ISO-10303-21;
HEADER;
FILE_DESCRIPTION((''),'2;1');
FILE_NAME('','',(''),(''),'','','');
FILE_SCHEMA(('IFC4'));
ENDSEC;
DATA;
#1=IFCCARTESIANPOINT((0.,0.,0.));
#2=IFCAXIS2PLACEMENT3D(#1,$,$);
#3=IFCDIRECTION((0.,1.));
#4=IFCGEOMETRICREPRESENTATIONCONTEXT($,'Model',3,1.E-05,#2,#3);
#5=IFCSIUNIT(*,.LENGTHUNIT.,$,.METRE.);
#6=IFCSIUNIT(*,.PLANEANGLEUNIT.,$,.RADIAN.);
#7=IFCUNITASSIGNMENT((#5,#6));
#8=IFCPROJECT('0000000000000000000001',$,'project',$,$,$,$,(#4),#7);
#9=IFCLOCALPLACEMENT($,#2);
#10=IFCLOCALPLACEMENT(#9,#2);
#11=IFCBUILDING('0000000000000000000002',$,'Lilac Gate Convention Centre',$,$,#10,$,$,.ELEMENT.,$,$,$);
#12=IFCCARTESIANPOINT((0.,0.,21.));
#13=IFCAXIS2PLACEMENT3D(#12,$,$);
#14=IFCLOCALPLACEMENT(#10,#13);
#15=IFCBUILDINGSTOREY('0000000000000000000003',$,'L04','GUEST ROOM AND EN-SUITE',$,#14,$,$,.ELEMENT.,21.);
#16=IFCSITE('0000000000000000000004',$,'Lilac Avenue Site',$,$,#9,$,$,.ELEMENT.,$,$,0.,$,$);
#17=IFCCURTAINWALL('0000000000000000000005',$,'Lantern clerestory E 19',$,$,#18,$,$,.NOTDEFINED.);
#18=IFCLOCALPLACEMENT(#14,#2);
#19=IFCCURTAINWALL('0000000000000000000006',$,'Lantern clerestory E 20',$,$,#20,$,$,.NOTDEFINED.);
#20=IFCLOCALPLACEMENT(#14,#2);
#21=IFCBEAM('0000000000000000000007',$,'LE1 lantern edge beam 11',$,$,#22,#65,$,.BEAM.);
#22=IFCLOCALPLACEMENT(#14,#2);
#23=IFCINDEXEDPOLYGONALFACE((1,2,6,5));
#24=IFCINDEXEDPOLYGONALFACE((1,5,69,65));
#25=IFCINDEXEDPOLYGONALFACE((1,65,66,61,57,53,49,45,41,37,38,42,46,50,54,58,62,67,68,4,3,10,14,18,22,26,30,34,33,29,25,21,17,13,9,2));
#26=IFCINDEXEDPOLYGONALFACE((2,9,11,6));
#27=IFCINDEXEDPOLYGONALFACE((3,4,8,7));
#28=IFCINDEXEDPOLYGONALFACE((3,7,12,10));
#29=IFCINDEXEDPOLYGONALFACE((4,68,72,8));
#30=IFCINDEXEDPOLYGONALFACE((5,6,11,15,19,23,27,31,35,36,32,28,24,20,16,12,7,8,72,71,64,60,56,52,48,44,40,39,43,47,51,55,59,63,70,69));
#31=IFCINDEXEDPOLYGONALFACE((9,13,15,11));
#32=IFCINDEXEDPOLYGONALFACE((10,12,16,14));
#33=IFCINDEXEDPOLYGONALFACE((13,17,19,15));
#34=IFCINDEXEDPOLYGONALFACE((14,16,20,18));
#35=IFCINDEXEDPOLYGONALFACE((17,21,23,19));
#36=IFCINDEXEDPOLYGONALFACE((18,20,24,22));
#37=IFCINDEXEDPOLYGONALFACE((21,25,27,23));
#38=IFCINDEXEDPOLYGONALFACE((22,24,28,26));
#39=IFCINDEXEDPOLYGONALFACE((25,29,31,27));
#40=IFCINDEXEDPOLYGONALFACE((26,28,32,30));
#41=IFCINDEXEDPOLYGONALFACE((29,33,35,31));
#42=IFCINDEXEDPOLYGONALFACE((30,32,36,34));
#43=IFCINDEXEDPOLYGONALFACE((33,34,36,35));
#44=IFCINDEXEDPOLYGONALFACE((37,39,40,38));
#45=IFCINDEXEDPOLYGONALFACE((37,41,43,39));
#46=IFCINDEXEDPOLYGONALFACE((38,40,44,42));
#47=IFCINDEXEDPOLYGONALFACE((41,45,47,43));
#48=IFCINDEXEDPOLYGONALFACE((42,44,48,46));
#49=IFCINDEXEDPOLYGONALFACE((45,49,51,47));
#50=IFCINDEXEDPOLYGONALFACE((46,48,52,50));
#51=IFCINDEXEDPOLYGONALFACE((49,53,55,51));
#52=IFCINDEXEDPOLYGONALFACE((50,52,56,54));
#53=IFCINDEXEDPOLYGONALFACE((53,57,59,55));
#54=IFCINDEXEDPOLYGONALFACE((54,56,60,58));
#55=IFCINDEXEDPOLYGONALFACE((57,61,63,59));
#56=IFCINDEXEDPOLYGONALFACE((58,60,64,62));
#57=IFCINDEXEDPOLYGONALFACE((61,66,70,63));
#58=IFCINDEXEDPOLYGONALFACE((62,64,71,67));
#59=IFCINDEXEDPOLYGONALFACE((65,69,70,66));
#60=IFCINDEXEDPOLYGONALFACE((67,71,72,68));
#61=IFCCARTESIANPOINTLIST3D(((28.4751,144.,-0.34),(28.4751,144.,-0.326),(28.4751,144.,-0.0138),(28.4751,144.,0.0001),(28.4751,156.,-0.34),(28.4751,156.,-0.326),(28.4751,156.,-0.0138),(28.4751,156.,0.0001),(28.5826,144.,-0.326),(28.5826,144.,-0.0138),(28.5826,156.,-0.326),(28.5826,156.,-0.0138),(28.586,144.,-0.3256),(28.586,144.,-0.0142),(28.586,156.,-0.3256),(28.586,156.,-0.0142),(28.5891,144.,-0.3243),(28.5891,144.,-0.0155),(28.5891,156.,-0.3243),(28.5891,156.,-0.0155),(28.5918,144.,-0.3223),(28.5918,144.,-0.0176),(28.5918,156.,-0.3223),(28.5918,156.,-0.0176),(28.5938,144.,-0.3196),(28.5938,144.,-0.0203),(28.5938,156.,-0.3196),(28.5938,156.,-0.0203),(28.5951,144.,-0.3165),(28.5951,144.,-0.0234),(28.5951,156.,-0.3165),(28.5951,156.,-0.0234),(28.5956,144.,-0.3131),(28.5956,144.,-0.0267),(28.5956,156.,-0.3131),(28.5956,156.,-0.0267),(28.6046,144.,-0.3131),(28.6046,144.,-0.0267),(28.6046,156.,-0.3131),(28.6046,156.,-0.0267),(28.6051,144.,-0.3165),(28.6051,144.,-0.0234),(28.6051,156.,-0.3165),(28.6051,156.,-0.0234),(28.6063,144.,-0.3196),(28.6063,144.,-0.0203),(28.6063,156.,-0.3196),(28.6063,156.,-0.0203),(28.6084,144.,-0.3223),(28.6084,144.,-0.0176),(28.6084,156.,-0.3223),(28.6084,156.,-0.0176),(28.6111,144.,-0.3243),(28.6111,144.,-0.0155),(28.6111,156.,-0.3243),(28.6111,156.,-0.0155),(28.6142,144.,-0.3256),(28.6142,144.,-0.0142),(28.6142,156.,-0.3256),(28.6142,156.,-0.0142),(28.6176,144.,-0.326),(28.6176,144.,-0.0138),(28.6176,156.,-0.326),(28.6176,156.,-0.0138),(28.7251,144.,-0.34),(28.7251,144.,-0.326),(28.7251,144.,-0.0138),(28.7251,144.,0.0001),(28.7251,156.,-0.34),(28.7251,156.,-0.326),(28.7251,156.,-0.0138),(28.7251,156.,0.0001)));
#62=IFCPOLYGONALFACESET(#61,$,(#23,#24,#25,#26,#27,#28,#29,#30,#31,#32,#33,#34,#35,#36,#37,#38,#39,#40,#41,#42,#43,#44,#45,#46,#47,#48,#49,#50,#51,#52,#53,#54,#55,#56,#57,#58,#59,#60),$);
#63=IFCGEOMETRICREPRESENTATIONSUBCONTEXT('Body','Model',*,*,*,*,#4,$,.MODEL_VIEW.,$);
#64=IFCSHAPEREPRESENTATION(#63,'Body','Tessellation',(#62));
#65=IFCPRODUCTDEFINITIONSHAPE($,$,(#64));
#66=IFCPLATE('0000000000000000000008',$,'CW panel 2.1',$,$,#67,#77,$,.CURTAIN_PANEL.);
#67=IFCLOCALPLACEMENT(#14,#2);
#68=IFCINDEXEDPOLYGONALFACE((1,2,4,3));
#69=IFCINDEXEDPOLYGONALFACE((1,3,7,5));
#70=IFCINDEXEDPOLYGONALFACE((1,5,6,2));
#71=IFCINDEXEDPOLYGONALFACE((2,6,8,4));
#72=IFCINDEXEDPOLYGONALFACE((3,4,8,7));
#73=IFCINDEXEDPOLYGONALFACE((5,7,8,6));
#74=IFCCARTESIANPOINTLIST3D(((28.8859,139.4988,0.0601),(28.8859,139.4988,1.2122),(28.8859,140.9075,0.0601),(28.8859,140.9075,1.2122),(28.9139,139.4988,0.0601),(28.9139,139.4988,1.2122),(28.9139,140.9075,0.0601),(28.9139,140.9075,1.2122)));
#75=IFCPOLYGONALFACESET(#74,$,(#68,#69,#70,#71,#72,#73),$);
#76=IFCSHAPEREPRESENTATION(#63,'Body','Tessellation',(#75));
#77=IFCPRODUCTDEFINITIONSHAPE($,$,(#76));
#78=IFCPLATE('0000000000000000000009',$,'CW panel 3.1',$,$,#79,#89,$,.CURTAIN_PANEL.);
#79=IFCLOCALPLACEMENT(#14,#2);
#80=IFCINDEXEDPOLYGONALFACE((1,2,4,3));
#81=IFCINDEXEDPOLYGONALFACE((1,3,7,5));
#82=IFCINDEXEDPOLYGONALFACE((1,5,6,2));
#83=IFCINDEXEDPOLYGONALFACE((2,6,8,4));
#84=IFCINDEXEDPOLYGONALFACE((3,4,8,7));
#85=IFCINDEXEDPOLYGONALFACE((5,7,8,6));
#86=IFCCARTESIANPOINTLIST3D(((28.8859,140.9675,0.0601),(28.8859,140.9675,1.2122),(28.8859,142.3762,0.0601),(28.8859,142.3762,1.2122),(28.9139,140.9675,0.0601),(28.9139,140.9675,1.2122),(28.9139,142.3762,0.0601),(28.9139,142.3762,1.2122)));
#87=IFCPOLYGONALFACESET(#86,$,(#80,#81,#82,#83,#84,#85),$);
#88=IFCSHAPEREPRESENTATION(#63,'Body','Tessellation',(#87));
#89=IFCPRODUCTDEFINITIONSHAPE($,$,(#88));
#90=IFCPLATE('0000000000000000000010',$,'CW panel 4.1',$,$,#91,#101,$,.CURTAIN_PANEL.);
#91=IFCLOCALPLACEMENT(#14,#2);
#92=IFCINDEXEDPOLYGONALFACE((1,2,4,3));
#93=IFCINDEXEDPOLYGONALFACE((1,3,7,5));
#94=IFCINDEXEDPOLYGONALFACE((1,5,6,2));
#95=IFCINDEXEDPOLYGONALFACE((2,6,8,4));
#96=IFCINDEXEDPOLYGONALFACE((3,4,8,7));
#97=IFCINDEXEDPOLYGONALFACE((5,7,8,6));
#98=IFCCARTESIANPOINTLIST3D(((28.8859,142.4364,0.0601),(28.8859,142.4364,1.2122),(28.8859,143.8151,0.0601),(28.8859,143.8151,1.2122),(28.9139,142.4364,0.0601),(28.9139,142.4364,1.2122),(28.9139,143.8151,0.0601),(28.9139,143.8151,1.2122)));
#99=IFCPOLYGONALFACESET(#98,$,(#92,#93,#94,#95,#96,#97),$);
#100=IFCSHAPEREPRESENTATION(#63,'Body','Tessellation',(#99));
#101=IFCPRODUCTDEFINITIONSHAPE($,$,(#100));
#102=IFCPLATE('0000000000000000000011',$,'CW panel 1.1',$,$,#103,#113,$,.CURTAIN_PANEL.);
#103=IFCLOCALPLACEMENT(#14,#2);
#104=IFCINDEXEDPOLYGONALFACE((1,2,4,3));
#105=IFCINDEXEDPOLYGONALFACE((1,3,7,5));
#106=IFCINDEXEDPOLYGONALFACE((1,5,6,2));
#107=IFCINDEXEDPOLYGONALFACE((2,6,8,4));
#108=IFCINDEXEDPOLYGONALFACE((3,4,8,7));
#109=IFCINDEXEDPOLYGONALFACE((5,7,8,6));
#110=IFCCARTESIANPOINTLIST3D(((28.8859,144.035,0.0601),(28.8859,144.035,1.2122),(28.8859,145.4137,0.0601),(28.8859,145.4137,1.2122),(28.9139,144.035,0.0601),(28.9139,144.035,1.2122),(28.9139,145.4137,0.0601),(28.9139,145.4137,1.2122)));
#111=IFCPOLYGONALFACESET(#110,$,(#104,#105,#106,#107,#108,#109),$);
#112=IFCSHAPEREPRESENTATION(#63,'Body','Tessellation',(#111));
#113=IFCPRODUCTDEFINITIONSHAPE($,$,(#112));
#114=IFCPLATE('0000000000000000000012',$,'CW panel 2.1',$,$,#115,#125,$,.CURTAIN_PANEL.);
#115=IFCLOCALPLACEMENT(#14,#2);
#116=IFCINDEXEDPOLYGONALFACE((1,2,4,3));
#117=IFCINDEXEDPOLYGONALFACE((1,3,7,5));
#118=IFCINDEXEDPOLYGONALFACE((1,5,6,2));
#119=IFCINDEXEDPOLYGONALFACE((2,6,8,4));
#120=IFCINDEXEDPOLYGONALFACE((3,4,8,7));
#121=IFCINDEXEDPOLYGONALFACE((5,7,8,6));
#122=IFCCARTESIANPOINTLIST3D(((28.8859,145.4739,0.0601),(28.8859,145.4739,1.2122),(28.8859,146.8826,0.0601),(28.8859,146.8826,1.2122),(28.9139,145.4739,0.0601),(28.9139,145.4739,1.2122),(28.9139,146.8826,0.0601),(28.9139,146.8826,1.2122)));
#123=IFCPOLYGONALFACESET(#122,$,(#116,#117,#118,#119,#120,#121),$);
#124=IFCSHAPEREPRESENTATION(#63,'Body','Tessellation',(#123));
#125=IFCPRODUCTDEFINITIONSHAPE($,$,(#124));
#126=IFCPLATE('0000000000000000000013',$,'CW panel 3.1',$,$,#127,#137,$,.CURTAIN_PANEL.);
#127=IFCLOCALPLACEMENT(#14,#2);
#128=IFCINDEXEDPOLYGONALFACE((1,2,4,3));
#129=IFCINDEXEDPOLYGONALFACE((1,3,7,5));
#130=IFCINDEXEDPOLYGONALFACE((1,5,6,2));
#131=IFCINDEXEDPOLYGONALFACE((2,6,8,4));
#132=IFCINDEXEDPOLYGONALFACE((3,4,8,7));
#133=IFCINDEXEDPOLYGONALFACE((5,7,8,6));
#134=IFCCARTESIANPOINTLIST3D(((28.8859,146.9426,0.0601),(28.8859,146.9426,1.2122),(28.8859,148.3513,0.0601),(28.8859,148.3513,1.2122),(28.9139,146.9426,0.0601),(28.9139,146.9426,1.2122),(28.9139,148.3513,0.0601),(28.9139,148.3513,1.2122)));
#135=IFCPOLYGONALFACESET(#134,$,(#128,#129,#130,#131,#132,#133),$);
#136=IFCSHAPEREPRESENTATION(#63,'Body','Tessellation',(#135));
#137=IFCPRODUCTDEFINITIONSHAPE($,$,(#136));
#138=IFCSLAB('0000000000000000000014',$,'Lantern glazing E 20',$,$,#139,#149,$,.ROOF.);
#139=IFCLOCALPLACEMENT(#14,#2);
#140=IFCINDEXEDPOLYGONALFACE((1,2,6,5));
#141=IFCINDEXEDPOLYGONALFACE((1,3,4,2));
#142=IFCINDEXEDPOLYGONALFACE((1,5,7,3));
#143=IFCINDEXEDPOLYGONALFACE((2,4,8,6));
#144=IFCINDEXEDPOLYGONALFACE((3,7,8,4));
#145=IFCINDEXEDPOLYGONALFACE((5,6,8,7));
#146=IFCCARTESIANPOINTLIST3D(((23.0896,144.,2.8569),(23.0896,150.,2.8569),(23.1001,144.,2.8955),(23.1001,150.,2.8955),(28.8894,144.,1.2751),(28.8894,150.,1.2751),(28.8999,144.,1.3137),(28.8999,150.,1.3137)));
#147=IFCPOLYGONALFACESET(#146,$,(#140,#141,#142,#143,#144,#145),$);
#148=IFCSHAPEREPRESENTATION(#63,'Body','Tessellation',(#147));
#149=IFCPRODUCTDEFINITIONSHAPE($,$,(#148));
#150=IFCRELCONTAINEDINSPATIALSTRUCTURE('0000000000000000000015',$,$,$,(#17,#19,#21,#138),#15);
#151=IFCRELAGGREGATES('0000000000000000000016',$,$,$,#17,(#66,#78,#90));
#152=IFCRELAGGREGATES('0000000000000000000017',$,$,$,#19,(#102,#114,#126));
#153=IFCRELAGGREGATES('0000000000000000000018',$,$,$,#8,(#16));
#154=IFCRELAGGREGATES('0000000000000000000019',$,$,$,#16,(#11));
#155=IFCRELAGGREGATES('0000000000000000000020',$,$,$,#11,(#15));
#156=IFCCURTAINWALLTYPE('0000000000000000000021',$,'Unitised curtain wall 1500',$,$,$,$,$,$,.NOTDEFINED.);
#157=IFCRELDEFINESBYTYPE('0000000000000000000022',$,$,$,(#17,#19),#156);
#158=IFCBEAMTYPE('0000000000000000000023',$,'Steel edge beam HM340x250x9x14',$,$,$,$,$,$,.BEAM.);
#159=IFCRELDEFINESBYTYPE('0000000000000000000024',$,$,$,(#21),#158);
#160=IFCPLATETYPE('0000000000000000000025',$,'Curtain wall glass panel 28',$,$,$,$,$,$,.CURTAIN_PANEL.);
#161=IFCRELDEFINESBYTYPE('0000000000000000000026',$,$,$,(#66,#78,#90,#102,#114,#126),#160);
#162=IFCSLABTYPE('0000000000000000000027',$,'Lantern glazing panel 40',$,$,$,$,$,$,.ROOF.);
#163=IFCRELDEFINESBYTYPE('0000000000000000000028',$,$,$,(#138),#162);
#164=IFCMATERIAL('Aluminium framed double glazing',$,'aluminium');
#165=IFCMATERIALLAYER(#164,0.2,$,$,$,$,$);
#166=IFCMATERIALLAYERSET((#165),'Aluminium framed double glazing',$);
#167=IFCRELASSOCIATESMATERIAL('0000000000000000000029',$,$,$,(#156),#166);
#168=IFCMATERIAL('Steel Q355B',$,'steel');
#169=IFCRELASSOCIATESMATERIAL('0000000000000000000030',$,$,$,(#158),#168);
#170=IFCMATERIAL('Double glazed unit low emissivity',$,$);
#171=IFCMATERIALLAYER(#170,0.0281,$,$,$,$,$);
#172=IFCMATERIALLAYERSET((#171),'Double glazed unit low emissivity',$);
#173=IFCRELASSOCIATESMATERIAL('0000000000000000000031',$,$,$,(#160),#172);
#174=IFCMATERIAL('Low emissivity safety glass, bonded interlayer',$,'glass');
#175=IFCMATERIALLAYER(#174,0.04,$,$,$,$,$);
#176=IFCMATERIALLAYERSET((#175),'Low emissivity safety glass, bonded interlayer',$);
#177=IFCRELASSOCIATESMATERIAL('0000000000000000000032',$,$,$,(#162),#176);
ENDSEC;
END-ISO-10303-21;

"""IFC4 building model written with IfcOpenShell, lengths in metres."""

from ifc_helpers import new_model, si_unit, direction, frame, origin, origin_2d, place, context, subcontext, project, spatial, polyline, rectangle, i_section, outline, extrude, material, layer, layer_set, material_profile, profile_set, type_object, element, aggregate, save


model = new_model("IFC4")

# Units and contexts
model_context = context("Model", 3, precision=1e-05, world=origin(), true_north=direction((0.0, 1.0)))
body_context = subcontext(model_context, "Body", "Model", "MODEL_VIEW")
ifc_project = project(units=[si_unit("LENGTHUNIT", "METRE"), si_unit("PLANEANGLEUNIT", "RADIAN")], contexts=[model_context])

# Site, building, storey
site_placement = place(None, origin())
site = spatial("IfcSite", under=ifc_project, at=site_placement, Name="Lilac Avenue Site", CompositionType="ELEMENT", RefElevation=0.0)
building_placement = place(site_placement, origin())
building = spatial("IfcBuilding", under=site, at=building_placement, Name="Lilac Gate Convention Centre", CompositionType="ELEMENT")
storey_placement = place(building_placement, frame((0.0, 0.0, 21.0)))
storey = spatial("IfcBuildingStorey", under=building, at=storey_placement, Name="L04", Description="GUEST ROOM AND EN-SUITE", CompositionType="ELEMENT", Elevation=21.0)

# Curtain walls
ifc_material_1 = material(Name="Aluminium framed double glazing", Category="aluminium")
ifc_layer_1 = layer(ifc_material_1, 0.2)
ifc_layer_set_1 = layer_set([ifc_layer_1], Name="Aluminium framed double glazing")
curtain_wall_type = type_object("IfcCurtainWallType", Name="Unitised curtain wall 1500", PredefinedType="NOTDEFINED", material=ifc_layer_set_1)
curtain_wall_1_placement = place(storey_placement, origin())
curtain_wall_1 = element("IfcCurtainWall", 1, at=curtain_wall_1_placement, inside=storey, type_object=curtain_wall_type, Name="Lantern clerestory E 19", PredefinedType="NOTDEFINED")
curtain_wall_2_placement = place(storey_placement, origin())
curtain_wall_2 = element("IfcCurtainWall", 2, at=curtain_wall_2_placement, inside=storey, type_object=curtain_wall_type, Name="Lantern clerestory E 20", PredefinedType="NOTDEFINED")

# Shared definitions
ifc_material_2 = material(Name="Steel Q355B", Category="steel")

# Beam
ifc_material_profile_1 = material_profile(ifc_material_2, i_section(OverallWidth=0.25, OverallDepth=0.3401, WebThickness=0.009, FlangeThickness=0.0139, FilletRadius=0.0129, at=origin_2d()), Name="HM340x250x9x14")
ifc_profile_set_1 = profile_set([ifc_material_profile_1], Name="Steel Q355B")
beam_type = type_object("IfcBeamType", Name="Steel edge beam HM340x250x9x14", PredefinedType="BEAM", material=ifc_profile_set_1)
beam_placement = place(storey_placement, frame((28.6001, 144.0, -0.1699), z_axis=(0.0, 1.0, 0.0), x_axis=(-1.0, 0.0, 0.0)))
element("IfcBeam", 3, at=beam_placement, inside=storey, type_object=beam_type, Name="LE1 lantern edge beam 11", PredefinedType="BEAM", context=body_context, shape_type="SweptSolid", body=[
    extrude(i_section(OverallWidth=0.25, OverallDepth=0.3401, WebThickness=0.009, FlangeThickness=0.0139, FilletRadius=0.0129, at=origin_2d()), origin(), (0.0, 0.0, 1.0), 12.0),
])

# Plates
ifc_material_3 = material(Name="Double glazed unit low emissivity")
ifc_layer_2 = layer(ifc_material_3, 0.0281)
ifc_layer_set_2 = layer_set([ifc_layer_2], Name="Double glazed unit low emissivity")
plate_type = type_object("IfcPlateType", Name="Curtain wall glass panel 28", PredefinedType="CURTAIN_PANEL", material=ifc_layer_set_2)
plate_1_placement = place(storey_placement, frame((28.8999, 140.2031, 0.0601), z_axis=(0.0, 0.0, 1.0), x_axis=(0.0, 1.0, 0.0)))
plate_1 = element("IfcPlate", 4, at=plate_1_placement, type_object=plate_type, Name="CW panel 2.1", PredefinedType="CURTAIN_PANEL", context=body_context, shape_type="SweptSolid", body=[
    extrude(rectangle(XDim=1.4087, YDim=0.0281, at=origin_2d()), origin(), (0.0, 0.0, 1.0), 1.1521),
])
plate_2_placement = place(storey_placement, frame((28.8999, 141.6719, 0.0601), z_axis=(0.0, 0.0, 1.0), x_axis=(0.0, 1.0, 0.0)))
plate_2 = element("IfcPlate", 5, at=plate_2_placement, type_object=plate_type, Name="CW panel 3.1", PredefinedType="CURTAIN_PANEL", context=body_context, shape_type="SweptSolid", body=[
    extrude(rectangle(XDim=1.4087, YDim=0.0281, at=origin_2d()), origin(), (0.0, 0.0, 1.0), 1.1521),
])
plate_3_placement = place(storey_placement, frame((28.8999, 143.1257, 0.0601), z_axis=(0.0, 0.0, 1.0), x_axis=(0.0, 1.0, 0.0)))
plate_3 = element("IfcPlate", 6, at=plate_3_placement, type_object=plate_type, Name="CW panel 4.1", PredefinedType="CURTAIN_PANEL", context=body_context, shape_type="SweptSolid", body=[
    extrude(rectangle(XDim=1.3787, YDim=0.0281, at=origin_2d()), origin(), (0.0, 0.0, 1.0), 1.1521),
])
aggregate(curtain_wall_1, [plate_1, plate_2, plate_3])
plate_4_placement = place(storey_placement, frame((28.8999, 144.7244, 0.0601), z_axis=(0.0, 0.0, 1.0), x_axis=(0.0, 1.0, 0.0)))
plate_4 = element("IfcPlate", 7, at=plate_4_placement, type_object=plate_type, Name="CW panel 1.1", PredefinedType="CURTAIN_PANEL", context=body_context, shape_type="SweptSolid", body=[
    extrude(rectangle(XDim=1.3787, YDim=0.0281, at=origin_2d()), origin(), (0.0, 0.0, 1.0), 1.1521),
])
plate_5_placement = place(storey_placement, frame((28.8999, 146.1782, 0.0601), z_axis=(0.0, 0.0, 1.0), x_axis=(0.0, 1.0, 0.0)))
plate_5 = element("IfcPlate", 8, at=plate_5_placement, type_object=plate_type, Name="CW panel 2.1", PredefinedType="CURTAIN_PANEL", context=body_context, shape_type="SweptSolid", body=[
    extrude(rectangle(XDim=1.4087, YDim=0.0281, at=origin_2d()), origin(), (0.0, 0.0, 1.0), 1.1521),
])
plate_6_placement = place(storey_placement, frame((28.8999, 147.647, 0.0601), z_axis=(0.0, 0.0, 1.0), x_axis=(0.0, 1.0, 0.0)))
plate_6 = element("IfcPlate", 9, at=plate_6_placement, type_object=plate_type, Name="CW panel 3.1", PredefinedType="CURTAIN_PANEL", context=body_context, shape_type="SweptSolid", body=[
    extrude(rectangle(XDim=1.4087, YDim=0.0281, at=origin_2d()), origin(), (0.0, 0.0, 1.0), 1.1521),
])
aggregate(curtain_wall_2, [plate_4, plate_5, plate_6])

# Slab
ifc_material_4 = material(Name="Low emissivity safety glass, bonded interlayer", Category="glass")
ifc_layer_3 = layer(ifc_material_4, 0.04)
ifc_layer_set_3 = layer_set([ifc_layer_3], Name="Low emissivity safety glass, bonded interlayer")
slab_type = type_object("IfcSlabType", Name="Lantern glazing panel 40", PredefinedType="ROOF", material=ifc_layer_set_3)
slab_placement = place(storey_placement, frame((23.1001, 144.0, 2.8955), z_axis=(0.263121, 0.0, 0.964763), x_axis=(0.964763, 0.0, -0.263121)))
element("IfcSlab", 10, at=slab_placement, inside=storey, type_object=slab_type, Name="Lantern glazing E 20", PredefinedType="ROOF", context=body_context, shape_type="SweptSolid", body=[
    extrude(outline(polyline([(0.0, 0.0), (6.0116, 0.0), (6.0116, 6.0), (0.0, 6.0), (0.0, 0.0)])), origin(), (0.0, 0.0, -1.0), 0.04),
])

save(model, "model.ifc")
